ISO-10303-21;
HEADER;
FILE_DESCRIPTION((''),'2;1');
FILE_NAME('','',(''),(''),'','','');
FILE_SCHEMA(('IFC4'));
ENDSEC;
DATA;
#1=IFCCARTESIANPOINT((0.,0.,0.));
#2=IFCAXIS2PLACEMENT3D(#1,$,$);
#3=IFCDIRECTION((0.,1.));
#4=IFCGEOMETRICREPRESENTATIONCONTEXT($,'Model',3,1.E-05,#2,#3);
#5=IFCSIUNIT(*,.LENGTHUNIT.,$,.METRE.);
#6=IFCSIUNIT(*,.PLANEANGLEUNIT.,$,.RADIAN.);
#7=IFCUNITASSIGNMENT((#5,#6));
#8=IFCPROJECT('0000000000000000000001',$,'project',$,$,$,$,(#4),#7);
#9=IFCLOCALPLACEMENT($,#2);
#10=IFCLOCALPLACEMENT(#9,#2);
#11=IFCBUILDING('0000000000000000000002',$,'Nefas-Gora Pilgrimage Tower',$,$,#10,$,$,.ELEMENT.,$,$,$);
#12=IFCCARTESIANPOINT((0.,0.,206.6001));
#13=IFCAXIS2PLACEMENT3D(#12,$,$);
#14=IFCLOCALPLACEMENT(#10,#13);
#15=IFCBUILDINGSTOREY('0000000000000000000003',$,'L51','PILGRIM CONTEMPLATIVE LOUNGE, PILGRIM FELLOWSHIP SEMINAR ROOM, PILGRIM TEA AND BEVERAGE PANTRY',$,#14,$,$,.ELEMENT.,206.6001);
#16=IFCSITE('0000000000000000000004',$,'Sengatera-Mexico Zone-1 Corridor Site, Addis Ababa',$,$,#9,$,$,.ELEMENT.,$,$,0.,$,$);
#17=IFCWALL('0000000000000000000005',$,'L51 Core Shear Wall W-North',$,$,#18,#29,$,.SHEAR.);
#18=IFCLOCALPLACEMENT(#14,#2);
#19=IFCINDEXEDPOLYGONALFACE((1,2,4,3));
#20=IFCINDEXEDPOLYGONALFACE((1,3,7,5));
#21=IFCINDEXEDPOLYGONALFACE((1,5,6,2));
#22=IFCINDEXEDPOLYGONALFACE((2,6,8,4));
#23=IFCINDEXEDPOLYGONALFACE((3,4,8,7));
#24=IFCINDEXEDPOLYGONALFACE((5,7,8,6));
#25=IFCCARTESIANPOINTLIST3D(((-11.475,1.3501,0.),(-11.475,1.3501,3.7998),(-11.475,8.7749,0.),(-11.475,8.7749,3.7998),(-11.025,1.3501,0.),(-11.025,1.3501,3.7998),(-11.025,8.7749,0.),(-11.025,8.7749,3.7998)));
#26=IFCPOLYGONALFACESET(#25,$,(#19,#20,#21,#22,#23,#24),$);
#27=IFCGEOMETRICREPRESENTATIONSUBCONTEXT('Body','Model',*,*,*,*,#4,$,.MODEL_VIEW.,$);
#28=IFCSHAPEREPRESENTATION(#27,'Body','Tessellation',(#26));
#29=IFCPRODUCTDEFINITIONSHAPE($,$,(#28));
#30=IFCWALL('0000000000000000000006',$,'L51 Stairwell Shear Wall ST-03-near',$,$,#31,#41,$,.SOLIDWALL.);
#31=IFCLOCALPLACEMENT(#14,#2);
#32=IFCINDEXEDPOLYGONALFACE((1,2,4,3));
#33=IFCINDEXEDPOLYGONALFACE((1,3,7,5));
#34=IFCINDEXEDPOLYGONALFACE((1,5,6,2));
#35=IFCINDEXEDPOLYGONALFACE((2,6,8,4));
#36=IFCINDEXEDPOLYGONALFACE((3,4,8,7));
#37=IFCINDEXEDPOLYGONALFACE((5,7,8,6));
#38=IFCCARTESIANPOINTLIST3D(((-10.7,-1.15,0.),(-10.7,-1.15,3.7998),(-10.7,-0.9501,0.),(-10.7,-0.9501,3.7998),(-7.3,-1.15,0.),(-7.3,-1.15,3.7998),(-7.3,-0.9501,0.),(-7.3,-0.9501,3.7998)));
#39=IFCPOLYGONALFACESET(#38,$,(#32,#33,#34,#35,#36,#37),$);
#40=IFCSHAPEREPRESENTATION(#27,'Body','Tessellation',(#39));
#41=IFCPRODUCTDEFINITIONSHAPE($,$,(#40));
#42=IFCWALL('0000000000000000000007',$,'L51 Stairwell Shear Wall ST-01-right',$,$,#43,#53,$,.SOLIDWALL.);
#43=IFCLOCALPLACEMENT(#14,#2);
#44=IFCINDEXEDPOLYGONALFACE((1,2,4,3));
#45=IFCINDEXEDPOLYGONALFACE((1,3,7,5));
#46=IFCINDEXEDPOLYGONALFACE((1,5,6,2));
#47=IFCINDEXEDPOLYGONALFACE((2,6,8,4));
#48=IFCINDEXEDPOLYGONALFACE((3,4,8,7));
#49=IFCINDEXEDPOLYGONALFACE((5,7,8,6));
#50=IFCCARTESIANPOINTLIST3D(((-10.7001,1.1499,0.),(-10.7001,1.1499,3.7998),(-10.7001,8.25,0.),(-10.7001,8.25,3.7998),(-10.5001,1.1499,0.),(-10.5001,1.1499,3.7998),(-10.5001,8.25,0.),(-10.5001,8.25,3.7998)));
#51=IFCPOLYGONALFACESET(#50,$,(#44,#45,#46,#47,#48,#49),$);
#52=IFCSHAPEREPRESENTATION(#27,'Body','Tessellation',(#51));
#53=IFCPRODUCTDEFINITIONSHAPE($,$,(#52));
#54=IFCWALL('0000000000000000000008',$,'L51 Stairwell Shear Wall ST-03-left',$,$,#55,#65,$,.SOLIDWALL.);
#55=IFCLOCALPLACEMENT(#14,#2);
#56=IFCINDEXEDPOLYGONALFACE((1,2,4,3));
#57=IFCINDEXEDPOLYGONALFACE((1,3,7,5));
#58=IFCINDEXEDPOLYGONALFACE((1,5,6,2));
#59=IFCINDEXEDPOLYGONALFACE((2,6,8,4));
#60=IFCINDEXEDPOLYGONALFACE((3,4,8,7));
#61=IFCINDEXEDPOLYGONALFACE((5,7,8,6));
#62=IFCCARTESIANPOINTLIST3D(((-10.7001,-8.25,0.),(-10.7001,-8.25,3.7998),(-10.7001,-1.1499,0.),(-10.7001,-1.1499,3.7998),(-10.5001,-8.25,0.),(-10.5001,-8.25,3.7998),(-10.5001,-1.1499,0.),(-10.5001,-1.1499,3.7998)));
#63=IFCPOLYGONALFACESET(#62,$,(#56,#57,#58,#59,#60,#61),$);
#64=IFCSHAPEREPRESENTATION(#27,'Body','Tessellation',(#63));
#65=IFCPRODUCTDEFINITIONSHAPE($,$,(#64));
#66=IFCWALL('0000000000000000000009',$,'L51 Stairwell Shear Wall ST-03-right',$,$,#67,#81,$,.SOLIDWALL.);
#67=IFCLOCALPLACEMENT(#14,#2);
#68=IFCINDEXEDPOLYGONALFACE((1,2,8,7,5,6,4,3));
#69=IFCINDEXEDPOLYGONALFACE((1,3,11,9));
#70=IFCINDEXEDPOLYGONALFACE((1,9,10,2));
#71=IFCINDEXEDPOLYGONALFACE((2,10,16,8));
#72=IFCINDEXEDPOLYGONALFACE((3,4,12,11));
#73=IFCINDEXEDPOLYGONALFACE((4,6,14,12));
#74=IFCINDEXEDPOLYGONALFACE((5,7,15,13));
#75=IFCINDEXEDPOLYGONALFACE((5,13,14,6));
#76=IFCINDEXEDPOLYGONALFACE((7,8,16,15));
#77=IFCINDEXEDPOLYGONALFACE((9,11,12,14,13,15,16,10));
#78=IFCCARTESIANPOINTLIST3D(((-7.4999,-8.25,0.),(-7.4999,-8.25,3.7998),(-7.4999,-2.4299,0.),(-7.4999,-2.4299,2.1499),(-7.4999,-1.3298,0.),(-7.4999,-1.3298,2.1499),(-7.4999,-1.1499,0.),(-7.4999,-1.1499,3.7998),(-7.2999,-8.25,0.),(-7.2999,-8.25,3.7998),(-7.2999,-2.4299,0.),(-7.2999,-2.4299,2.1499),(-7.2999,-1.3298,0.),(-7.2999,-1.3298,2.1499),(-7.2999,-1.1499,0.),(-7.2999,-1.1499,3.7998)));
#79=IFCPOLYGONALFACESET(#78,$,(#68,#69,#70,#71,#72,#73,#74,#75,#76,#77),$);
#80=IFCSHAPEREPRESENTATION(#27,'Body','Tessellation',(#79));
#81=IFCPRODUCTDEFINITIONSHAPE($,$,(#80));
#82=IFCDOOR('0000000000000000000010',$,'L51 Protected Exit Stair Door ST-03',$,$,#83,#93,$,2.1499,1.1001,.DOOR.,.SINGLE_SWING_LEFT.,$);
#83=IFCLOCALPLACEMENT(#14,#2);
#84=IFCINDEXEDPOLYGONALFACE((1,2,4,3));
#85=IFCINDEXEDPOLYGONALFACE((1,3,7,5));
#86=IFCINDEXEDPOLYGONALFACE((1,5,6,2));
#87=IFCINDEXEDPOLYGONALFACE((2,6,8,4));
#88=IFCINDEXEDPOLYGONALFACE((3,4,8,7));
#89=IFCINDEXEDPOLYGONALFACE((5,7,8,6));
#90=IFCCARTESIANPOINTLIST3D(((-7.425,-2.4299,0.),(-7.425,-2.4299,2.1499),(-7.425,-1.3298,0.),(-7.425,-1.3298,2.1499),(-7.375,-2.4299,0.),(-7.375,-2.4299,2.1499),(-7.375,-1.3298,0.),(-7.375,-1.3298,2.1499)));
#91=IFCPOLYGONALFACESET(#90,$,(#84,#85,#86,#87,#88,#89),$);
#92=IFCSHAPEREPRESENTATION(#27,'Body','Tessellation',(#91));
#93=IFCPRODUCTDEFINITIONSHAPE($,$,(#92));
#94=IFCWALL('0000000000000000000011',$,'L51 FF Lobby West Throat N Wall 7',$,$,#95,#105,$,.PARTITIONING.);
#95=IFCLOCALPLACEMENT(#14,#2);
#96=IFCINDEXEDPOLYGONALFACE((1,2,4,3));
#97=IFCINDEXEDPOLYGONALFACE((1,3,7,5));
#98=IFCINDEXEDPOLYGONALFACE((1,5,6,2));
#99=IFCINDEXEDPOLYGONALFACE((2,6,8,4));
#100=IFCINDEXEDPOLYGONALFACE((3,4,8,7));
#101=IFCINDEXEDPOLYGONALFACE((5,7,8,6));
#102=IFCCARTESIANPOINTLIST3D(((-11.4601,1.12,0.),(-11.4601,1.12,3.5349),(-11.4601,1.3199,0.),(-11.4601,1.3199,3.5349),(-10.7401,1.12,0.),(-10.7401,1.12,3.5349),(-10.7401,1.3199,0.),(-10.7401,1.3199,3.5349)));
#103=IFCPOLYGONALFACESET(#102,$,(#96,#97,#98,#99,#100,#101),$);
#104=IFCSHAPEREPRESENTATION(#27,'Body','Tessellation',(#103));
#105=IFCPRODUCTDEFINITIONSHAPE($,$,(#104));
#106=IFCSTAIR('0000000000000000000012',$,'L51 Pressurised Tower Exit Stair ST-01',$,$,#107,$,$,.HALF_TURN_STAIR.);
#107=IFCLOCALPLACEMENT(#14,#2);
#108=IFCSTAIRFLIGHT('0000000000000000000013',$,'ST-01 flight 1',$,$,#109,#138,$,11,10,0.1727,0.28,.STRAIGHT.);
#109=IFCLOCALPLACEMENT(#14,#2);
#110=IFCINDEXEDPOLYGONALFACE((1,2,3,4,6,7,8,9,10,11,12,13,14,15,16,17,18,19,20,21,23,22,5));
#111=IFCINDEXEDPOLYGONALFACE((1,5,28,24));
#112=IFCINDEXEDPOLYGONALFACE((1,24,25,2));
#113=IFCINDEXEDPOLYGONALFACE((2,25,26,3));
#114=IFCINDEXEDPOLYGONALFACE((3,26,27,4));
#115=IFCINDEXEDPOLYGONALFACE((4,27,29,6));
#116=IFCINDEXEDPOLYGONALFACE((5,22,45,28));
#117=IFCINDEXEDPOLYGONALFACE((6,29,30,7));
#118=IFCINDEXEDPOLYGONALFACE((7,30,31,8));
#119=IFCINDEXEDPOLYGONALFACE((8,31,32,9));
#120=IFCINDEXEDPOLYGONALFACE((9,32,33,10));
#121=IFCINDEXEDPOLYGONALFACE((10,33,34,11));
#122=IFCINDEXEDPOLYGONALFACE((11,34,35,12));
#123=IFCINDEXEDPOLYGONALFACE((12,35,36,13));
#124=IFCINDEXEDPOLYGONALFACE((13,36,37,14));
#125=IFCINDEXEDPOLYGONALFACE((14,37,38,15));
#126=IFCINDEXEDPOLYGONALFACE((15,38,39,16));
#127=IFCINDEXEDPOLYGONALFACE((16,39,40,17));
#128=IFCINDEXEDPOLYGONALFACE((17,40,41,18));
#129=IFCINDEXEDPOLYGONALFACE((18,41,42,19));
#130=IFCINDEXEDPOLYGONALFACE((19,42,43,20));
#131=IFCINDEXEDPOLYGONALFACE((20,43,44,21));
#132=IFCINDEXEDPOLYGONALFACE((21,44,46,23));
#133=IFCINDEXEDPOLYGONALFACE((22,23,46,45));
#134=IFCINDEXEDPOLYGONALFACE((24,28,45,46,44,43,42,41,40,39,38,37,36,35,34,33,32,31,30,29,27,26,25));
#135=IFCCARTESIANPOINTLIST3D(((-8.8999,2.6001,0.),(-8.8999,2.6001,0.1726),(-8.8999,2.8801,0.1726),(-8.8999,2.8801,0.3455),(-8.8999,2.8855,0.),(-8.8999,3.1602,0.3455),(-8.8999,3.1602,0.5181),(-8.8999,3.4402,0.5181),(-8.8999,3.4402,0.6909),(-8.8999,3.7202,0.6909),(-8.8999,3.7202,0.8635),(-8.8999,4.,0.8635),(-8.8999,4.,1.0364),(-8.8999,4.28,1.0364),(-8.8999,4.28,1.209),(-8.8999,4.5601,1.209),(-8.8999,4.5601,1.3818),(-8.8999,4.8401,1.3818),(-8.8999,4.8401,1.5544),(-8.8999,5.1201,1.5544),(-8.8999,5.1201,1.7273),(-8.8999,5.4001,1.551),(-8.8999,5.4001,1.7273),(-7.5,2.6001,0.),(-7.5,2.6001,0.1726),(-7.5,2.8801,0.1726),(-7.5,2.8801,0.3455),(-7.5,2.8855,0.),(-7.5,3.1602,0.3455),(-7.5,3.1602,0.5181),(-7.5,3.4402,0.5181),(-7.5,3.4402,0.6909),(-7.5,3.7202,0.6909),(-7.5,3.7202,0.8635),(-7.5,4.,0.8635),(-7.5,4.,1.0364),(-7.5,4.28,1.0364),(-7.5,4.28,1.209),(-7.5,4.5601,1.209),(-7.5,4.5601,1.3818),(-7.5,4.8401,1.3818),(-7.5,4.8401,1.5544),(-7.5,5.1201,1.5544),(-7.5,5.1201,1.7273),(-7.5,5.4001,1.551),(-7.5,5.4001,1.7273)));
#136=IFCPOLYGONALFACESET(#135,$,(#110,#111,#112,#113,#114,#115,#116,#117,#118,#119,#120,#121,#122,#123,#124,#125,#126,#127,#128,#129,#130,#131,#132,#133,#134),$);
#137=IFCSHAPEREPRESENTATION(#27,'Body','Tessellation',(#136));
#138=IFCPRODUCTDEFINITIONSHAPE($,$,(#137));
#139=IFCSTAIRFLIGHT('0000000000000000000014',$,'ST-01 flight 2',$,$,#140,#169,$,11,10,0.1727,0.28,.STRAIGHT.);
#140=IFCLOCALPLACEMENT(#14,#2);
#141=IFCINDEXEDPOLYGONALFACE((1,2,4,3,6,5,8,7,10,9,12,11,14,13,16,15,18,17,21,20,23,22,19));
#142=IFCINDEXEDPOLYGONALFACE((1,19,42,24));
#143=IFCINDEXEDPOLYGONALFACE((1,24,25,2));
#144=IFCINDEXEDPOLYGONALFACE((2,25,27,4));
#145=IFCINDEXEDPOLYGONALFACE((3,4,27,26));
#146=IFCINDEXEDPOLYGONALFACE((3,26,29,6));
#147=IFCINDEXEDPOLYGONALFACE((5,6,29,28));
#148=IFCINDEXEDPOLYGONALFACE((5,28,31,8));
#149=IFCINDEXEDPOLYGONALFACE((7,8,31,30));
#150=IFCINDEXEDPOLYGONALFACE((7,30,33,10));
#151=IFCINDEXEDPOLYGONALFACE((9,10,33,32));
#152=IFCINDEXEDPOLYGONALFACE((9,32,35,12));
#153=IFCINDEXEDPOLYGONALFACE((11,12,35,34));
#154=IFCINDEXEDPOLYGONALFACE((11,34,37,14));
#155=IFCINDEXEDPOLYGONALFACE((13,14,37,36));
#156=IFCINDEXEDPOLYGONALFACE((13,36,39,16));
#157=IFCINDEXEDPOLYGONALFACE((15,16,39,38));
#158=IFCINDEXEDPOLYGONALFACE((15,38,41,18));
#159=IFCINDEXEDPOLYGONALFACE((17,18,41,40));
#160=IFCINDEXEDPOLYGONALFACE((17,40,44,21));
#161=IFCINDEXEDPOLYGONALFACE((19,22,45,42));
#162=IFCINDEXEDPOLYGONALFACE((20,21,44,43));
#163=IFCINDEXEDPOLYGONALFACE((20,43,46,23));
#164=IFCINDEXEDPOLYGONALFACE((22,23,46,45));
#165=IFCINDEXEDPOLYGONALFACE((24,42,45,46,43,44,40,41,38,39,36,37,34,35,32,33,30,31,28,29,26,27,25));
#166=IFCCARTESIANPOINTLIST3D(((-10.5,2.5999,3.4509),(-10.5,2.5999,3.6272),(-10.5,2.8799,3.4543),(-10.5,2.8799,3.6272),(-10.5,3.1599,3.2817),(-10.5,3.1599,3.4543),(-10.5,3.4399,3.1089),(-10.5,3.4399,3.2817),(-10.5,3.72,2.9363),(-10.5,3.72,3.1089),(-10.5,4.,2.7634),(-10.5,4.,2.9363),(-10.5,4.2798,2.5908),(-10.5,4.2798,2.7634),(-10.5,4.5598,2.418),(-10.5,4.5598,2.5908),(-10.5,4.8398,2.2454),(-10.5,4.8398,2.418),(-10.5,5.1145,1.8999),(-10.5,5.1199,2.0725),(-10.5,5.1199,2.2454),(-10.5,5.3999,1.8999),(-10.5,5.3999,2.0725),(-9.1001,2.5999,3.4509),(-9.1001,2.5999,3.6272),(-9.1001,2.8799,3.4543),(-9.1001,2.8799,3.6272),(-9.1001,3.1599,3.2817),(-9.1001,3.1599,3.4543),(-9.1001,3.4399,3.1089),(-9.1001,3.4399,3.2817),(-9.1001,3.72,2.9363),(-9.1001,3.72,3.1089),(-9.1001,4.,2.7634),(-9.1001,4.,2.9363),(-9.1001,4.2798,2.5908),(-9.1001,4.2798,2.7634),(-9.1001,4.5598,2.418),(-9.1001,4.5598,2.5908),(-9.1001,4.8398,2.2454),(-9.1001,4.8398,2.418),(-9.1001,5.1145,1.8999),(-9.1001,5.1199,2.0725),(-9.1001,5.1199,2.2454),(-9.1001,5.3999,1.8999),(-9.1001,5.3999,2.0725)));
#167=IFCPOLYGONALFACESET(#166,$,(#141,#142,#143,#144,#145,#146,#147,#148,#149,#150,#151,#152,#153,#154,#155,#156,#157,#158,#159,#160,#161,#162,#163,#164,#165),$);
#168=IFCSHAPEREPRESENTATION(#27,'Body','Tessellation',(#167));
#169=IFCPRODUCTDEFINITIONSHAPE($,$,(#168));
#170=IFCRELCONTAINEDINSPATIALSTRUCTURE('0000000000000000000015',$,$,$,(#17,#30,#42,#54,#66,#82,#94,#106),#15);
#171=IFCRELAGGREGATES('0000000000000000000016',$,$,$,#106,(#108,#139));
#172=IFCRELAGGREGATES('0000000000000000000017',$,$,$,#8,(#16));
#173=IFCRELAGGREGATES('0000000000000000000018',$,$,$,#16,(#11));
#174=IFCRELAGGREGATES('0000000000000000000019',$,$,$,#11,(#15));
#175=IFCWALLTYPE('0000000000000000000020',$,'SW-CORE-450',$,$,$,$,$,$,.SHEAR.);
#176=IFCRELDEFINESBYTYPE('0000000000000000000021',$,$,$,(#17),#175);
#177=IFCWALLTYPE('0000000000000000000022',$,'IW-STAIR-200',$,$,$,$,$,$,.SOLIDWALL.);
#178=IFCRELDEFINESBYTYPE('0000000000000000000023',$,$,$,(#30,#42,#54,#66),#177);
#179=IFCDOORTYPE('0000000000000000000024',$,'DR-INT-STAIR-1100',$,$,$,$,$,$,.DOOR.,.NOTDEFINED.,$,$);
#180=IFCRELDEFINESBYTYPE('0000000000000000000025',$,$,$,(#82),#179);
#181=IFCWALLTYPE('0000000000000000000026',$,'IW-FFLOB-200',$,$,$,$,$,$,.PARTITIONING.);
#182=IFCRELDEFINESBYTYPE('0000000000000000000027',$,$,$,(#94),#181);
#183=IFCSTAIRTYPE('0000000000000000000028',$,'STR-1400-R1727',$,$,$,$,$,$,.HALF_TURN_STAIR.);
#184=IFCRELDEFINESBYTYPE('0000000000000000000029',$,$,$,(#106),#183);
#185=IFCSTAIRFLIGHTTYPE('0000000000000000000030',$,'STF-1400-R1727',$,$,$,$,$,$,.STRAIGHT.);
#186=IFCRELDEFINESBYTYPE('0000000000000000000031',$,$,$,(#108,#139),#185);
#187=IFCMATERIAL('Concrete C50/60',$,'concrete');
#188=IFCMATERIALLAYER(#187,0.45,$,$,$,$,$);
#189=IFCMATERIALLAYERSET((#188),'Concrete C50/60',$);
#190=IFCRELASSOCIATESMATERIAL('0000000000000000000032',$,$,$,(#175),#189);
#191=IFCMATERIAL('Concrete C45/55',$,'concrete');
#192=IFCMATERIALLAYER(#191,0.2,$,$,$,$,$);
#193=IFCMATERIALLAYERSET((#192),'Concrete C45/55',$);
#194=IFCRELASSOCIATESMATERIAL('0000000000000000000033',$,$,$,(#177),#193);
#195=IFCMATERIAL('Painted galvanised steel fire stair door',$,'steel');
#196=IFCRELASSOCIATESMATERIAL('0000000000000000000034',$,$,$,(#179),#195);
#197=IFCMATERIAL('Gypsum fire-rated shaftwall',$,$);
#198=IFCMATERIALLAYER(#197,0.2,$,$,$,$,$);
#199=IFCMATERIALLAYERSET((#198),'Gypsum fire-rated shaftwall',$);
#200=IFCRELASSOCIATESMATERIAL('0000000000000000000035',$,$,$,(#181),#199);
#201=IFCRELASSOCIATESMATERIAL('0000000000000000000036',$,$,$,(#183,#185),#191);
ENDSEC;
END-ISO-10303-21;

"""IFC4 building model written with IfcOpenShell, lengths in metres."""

from ifc_helpers import new_model, si_unit, direction, frame, frame_2d, origin, place, context, subcontext, project, spatial, polyline, rectangle, outline, extrude, source, transform, mapped, material, layer, layer_set, type_object, element, fill, aggregate, save


model = new_model("IFC4")

# Units and contexts
model_context = context("Model", 3, precision=1e-05, world=origin(), true_north=direction((0.0, 1.0)))
body_context = subcontext(model_context, "Body", "Model", "MODEL_VIEW")
ifc_project = project(units=[si_unit("LENGTHUNIT", "METRE"), si_unit("PLANEANGLEUNIT", "RADIAN")], contexts=[model_context])

# Site, building, storey
site_placement = place(None, origin())
site = spatial("IfcSite", under=ifc_project, at=site_placement, Name="Sengatera-Mexico Zone-1 Corridor Site, Addis Ababa", CompositionType="ELEMENT", RefElevation=0.0)
building_placement = place(site_placement, origin())
building = spatial("IfcBuilding", under=site, at=building_placement, Name="Nefas-Gora Pilgrimage Tower", CompositionType="ELEMENT")
storey_placement = place(building_placement, frame((0.0, 0.0, 206.6001)))
storey = spatial("IfcBuildingStorey", under=building, at=storey_placement, Name="L51", Description="PILGRIM CONTEMPLATIVE LOUNGE, PILGRIM FELLOWSHIP SEMINAR ROOM, PILGRIM TEA AND BEVERAGE PANTRY", CompositionType="ELEMENT", Elevation=206.6001)

# Walls
ifc_material_1 = material(Name="Concrete C50/60", Category="concrete")
ifc_layer_1 = layer(ifc_material_1, 0.45)
ifc_layer_set_1 = layer_set([ifc_layer_1], Name="Concrete C50/60")
wall_type_1 = type_object("IfcWallType", Name="SW-CORE-450", PredefinedType="SHEAR", material=ifc_layer_set_1)
shared_shape_1 = source(origin(), body_context, "Body", "SweptSolid", [
    extrude(rectangle(XDim=7.4248, YDim=0.45, at=frame_2d((3.7124, 0.0))), origin(), (0.0, 0.0, 1.0), 3.7998),
])
wall_1_placement = place(storey_placement, frame((-11.25, 1.3501, 0.0), z_axis=(0.0, 0.0, 1.0), x_axis=(0.0, 1.0, 0.0)))
element("IfcWall", 1, at=wall_1_placement, inside=storey, type_object=wall_type_1, Name="L51 Core Shear Wall W-North", PredefinedType="SHEAR", context=body_context, shape_type="MappedRepresentation", body=[
    mapped(shared_shape_1, transform((0.0, 0.0, 0.0), x_axis=(1.0, 0.0, 0.0), y_axis=(0.0, 1.0, 0.0), z_axis=(0.0, 0.0, 1.0), scale=1.0)),
])
ifc_material_2 = material(Name="Concrete C45/55", Category="concrete")
ifc_layer_2 = layer(ifc_material_2, 0.2)
ifc_layer_set_2 = layer_set([ifc_layer_2], Name="Concrete C45/55")
wall_type_2 = type_object("IfcWallType", Name="IW-STAIR-200", PredefinedType="SOLIDWALL", material=ifc_layer_set_2)
shared_shape_2 = source(origin(), body_context, "Body", "SweptSolid", [
    extrude(rectangle(XDim=3.3999, YDim=0.2, at=frame_2d((1.7, 0.0))), origin(), (0.0, 0.0, 1.0), 3.7998),
])
wall_2_placement = place(storey_placement, frame((-10.7, -1.05, 0.0), z_axis=(0.0, 0.0, 1.0), x_axis=(1.0, 0.0, 0.0)))
element("IfcWall", 2, at=wall_2_placement, inside=storey, type_object=wall_type_2, Name="L51 Stairwell Shear Wall ST-03-near", PredefinedType="SOLIDWALL", context=body_context, shape_type="MappedRepresentation", body=[
    mapped(shared_shape_2, transform((0.0, 0.0, 0.0), x_axis=(1.0, 0.0, 0.0), y_axis=(0.0, 1.0, 0.0), z_axis=(0.0, 0.0, 1.0), scale=1.0)),
])
shared_shape_3 = source(origin(), body_context, "Body", "SweptSolid", [
    extrude(rectangle(XDim=7.1001, YDim=0.2, at=frame_2d((3.55, 0.0))), origin(), (0.0, 0.0, 1.0), 3.7998),
])
for number, where, z_axis, x_axis, name in (
    (3, (-10.6001, 1.1499, 0.0), (0.0, 0.0, 1.0), (0.0, 1.0, 0.0), "L51 Stairwell Shear Wall ST-01-right"),
    (4, (-10.6001, -1.1499, 0.0), (0.0, 0.0, 1.0), (0.0, -1.0, 0.0), "L51 Stairwell Shear Wall ST-03-left"),
):
    element("IfcWall", number, at=place(storey_placement, frame(where, z_axis=z_axis, x_axis=x_axis)), inside=storey, type_object=wall_type_2, Name=name, PredefinedType="SOLIDWALL", context=body_context, shape_type="MappedRepresentation", body=[
        mapped(shared_shape_3, transform((0.0, 0.0, 0.0), x_axis=(1.0, 0.0, 0.0), y_axis=(0.0, 1.0, 0.0), z_axis=(0.0, 0.0, 1.0), scale=1.0)),
    ])

# Wall, opening, door
wall_3_placement = place(storey_placement, frame((-7.3999, -1.1499, 0.0), z_axis=(0.0, 0.0, 1.0), x_axis=(0.0, -1.0, 0.0)))
wall_3 = element("IfcWall", 5, at=wall_3_placement, inside=storey, type_object=wall_type_2, Name="L51 Stairwell Shear Wall ST-03-right", PredefinedType="SOLIDWALL", context=body_context, shape_type="MappedRepresentation", body=[
    mapped(shared_shape_3, transform((0.0, 0.0, 0.0), x_axis=(1.0, 0.0, 0.0), y_axis=(0.0, 1.0, 0.0), z_axis=(0.0, 0.0, 1.0), scale=1.0)),
])
opening_placement = place(wall_3_placement, frame((0.1799, 0.0, 0.0)))
opening = element("IfcOpeningElement", 6, at=opening_placement, cuts=wall_3, PredefinedType="OPENING", context=body_context, shape_type="SweptSolid", body=[
    extrude(rectangle(XDim=1.1001, YDim=2.1499, at=frame_2d((0.55, 1.075))), frame((0.0, 0.1099, 0.0), z_axis=(0.0, -1.0, 0.0), x_axis=(1.0, 0.0, 0.0)), (0.0, 0.0, 1.0), 0.22),
])
ifc_material_3 = material(Name="Painted galvanised steel fire stair door", Category="steel")
door_type = type_object("IfcDoorType", Name="DR-INT-STAIR-1100", OperationType="NOTDEFINED", PredefinedType="DOOR", material=ifc_material_3)
shared_shape_4 = source(origin(), body_context, "Body", "SweptSolid", [
    extrude(rectangle(XDim=1.1001, YDim=2.1499, at=frame_2d((0.55, 1.075))), frame((0.0, 0.0249, 0.0), z_axis=(0.0, -1.0, 0.0), x_axis=(1.0, 0.0, 0.0)), (0.0, 0.0, 1.0), 0.05),
])
door_placement = place(opening_placement, origin())
door = element("IfcDoor", 7, at=door_placement, inside=storey, type_object=door_type, Name="L51 Protected Exit Stair Door ST-03", OperationType="SINGLE_SWING_LEFT", OverallHeight=2.1499, OverallWidth=1.1001, PredefinedType="DOOR", context=body_context, shape_type="MappedRepresentation", body=[
    mapped(shared_shape_4, transform((0.0, 0.0, 0.0), x_axis=(1.0, 0.0, 0.0), y_axis=(0.0, 1.0, 0.0), z_axis=(0.0, 0.0, 1.0), scale=1.0)),
])
fill(opening, door)

# Wall
ifc_material_4 = material(Name="Gypsum fire-rated shaftwall")
ifc_layer_3 = layer(ifc_material_4, 0.2)
ifc_layer_set_3 = layer_set([ifc_layer_3], Name="Gypsum fire-rated shaftwall")
wall_type_3 = type_object("IfcWallType", Name="IW-FFLOB-200", PredefinedType="PARTITIONING", material=ifc_layer_set_3)
shared_shape_5 = source(origin(), body_context, "Body", "SweptSolid", [
    extrude(rectangle(XDim=0.72, YDim=0.2, at=frame_2d((0.3599, 0.0))), origin(), (0.0, 0.0, 1.0), 3.5349),
])
wall_4_placement = place(storey_placement, frame((-11.46, 1.22, 0.0), z_axis=(0.0, 0.0, 1.0), x_axis=(1.0, 0.0, 0.0)))
element("IfcWall", 8, at=wall_4_placement, inside=storey, type_object=wall_type_3, Name="L51 FF Lobby West Throat N Wall 7", PredefinedType="PARTITIONING", context=body_context, shape_type="MappedRepresentation", body=[
    mapped(shared_shape_5, transform((0.0, 0.0, 0.0), x_axis=(1.0, 0.0, 0.0), y_axis=(0.0, 1.0, 0.0), z_axis=(0.0, 0.0, 1.0), scale=1.0)),
])

# Stair, stair flights
stair_type = type_object("IfcStairType", Name="STR-1400-R1727", PredefinedType="HALF_TURN_STAIR", material=ifc_material_2)
stair_placement = place(storey_placement, origin())
stair = element("IfcStair", 9, at=stair_placement, inside=storey, type_object=stair_type, Name="L51 Pressurised Tower Exit Stair ST-01", PredefinedType="HALF_TURN_STAIR")
stair_flight_type = type_object("IfcStairFlightType", Name="STF-1400-R1727", PredefinedType="STRAIGHT", material=ifc_material_2)
shared_shape_6 = source(origin(), body_context, "Body", "SweptSolid", [
    extrude(outline(polyline([(0.0, 0.0), (0.0, 0.1726), (0.28, 0.1726), (0.28, 0.3455), (0.5601, 0.3455), (0.5601, 0.5181), (0.8401, 0.5181), (0.8401, 0.6909), (1.1201, 0.6909), (1.1201, 0.8635), (1.3999, 0.8635), (1.3999, 1.0364), (1.6799, 1.0364), (1.6799, 1.209), (1.96, 1.209), (1.96, 1.3818), (2.24, 1.3818), (2.24, 1.5544), (2.52, 1.5544), (2.52, 1.7273), (2.8, 1.7273), (2.8, 1.8999), (2.8, 1.551), (0.2854, 0.0), (0.0, 0.0)])), frame((0.0, 0.7, 0.0), z_axis=(0.0, -1.0, 0.0), x_axis=(1.0, 0.0, 0.0)), (0.0, 0.0, 1.0), 1.3999),
])
stair_flight_1_placement = place(storey_placement, frame((-8.2, 2.6001, 0.0), z_axis=(0.0, 0.0, 1.0), x_axis=(0.0, 1.0, 0.0)))
stair_flight_1 = element("IfcStairFlight", 10, at=stair_flight_1_placement, type_object=stair_flight_type, Name="ST-01 flight 1", NumberOfRisers=11, NumberOfTreads=10, PredefinedType="STRAIGHT", RiserHeight=0.1727, TreadLength=0.28, context=body_context, shape_type="MappedRepresentation", body=[
    mapped(shared_shape_6, transform((0.0, 0.0, 0.0), x_axis=(1.0, 0.0, 0.0), y_axis=(0.0, 1.0, 0.0), z_axis=(0.0, 0.0, 1.0), scale=1.0)),
])
stair_flight_2_placement = place(storey_placement, frame((-9.8, 5.3999, 1.8999), z_axis=(0.0, 0.0, 1.0), x_axis=(0.0, -1.0, 0.0)))
stair_flight_2 = element("IfcStairFlight", 11, at=stair_flight_2_placement, type_object=stair_flight_type, Name="ST-01 flight 2", NumberOfRisers=11, NumberOfTreads=10, PredefinedType="STRAIGHT", RiserHeight=0.1727, TreadLength=0.28, context=body_context, shape_type="MappedRepresentation", body=[
    mapped(shared_shape_6, transform((0.0, 0.0, 0.0), x_axis=(1.0, 0.0, 0.0), y_axis=(0.0, 1.0, 0.0), z_axis=(0.0, 0.0, 1.0), scale=1.0)),
])
aggregate(stair, [stair_flight_1, stair_flight_2])

save(model, "model.ifc")
